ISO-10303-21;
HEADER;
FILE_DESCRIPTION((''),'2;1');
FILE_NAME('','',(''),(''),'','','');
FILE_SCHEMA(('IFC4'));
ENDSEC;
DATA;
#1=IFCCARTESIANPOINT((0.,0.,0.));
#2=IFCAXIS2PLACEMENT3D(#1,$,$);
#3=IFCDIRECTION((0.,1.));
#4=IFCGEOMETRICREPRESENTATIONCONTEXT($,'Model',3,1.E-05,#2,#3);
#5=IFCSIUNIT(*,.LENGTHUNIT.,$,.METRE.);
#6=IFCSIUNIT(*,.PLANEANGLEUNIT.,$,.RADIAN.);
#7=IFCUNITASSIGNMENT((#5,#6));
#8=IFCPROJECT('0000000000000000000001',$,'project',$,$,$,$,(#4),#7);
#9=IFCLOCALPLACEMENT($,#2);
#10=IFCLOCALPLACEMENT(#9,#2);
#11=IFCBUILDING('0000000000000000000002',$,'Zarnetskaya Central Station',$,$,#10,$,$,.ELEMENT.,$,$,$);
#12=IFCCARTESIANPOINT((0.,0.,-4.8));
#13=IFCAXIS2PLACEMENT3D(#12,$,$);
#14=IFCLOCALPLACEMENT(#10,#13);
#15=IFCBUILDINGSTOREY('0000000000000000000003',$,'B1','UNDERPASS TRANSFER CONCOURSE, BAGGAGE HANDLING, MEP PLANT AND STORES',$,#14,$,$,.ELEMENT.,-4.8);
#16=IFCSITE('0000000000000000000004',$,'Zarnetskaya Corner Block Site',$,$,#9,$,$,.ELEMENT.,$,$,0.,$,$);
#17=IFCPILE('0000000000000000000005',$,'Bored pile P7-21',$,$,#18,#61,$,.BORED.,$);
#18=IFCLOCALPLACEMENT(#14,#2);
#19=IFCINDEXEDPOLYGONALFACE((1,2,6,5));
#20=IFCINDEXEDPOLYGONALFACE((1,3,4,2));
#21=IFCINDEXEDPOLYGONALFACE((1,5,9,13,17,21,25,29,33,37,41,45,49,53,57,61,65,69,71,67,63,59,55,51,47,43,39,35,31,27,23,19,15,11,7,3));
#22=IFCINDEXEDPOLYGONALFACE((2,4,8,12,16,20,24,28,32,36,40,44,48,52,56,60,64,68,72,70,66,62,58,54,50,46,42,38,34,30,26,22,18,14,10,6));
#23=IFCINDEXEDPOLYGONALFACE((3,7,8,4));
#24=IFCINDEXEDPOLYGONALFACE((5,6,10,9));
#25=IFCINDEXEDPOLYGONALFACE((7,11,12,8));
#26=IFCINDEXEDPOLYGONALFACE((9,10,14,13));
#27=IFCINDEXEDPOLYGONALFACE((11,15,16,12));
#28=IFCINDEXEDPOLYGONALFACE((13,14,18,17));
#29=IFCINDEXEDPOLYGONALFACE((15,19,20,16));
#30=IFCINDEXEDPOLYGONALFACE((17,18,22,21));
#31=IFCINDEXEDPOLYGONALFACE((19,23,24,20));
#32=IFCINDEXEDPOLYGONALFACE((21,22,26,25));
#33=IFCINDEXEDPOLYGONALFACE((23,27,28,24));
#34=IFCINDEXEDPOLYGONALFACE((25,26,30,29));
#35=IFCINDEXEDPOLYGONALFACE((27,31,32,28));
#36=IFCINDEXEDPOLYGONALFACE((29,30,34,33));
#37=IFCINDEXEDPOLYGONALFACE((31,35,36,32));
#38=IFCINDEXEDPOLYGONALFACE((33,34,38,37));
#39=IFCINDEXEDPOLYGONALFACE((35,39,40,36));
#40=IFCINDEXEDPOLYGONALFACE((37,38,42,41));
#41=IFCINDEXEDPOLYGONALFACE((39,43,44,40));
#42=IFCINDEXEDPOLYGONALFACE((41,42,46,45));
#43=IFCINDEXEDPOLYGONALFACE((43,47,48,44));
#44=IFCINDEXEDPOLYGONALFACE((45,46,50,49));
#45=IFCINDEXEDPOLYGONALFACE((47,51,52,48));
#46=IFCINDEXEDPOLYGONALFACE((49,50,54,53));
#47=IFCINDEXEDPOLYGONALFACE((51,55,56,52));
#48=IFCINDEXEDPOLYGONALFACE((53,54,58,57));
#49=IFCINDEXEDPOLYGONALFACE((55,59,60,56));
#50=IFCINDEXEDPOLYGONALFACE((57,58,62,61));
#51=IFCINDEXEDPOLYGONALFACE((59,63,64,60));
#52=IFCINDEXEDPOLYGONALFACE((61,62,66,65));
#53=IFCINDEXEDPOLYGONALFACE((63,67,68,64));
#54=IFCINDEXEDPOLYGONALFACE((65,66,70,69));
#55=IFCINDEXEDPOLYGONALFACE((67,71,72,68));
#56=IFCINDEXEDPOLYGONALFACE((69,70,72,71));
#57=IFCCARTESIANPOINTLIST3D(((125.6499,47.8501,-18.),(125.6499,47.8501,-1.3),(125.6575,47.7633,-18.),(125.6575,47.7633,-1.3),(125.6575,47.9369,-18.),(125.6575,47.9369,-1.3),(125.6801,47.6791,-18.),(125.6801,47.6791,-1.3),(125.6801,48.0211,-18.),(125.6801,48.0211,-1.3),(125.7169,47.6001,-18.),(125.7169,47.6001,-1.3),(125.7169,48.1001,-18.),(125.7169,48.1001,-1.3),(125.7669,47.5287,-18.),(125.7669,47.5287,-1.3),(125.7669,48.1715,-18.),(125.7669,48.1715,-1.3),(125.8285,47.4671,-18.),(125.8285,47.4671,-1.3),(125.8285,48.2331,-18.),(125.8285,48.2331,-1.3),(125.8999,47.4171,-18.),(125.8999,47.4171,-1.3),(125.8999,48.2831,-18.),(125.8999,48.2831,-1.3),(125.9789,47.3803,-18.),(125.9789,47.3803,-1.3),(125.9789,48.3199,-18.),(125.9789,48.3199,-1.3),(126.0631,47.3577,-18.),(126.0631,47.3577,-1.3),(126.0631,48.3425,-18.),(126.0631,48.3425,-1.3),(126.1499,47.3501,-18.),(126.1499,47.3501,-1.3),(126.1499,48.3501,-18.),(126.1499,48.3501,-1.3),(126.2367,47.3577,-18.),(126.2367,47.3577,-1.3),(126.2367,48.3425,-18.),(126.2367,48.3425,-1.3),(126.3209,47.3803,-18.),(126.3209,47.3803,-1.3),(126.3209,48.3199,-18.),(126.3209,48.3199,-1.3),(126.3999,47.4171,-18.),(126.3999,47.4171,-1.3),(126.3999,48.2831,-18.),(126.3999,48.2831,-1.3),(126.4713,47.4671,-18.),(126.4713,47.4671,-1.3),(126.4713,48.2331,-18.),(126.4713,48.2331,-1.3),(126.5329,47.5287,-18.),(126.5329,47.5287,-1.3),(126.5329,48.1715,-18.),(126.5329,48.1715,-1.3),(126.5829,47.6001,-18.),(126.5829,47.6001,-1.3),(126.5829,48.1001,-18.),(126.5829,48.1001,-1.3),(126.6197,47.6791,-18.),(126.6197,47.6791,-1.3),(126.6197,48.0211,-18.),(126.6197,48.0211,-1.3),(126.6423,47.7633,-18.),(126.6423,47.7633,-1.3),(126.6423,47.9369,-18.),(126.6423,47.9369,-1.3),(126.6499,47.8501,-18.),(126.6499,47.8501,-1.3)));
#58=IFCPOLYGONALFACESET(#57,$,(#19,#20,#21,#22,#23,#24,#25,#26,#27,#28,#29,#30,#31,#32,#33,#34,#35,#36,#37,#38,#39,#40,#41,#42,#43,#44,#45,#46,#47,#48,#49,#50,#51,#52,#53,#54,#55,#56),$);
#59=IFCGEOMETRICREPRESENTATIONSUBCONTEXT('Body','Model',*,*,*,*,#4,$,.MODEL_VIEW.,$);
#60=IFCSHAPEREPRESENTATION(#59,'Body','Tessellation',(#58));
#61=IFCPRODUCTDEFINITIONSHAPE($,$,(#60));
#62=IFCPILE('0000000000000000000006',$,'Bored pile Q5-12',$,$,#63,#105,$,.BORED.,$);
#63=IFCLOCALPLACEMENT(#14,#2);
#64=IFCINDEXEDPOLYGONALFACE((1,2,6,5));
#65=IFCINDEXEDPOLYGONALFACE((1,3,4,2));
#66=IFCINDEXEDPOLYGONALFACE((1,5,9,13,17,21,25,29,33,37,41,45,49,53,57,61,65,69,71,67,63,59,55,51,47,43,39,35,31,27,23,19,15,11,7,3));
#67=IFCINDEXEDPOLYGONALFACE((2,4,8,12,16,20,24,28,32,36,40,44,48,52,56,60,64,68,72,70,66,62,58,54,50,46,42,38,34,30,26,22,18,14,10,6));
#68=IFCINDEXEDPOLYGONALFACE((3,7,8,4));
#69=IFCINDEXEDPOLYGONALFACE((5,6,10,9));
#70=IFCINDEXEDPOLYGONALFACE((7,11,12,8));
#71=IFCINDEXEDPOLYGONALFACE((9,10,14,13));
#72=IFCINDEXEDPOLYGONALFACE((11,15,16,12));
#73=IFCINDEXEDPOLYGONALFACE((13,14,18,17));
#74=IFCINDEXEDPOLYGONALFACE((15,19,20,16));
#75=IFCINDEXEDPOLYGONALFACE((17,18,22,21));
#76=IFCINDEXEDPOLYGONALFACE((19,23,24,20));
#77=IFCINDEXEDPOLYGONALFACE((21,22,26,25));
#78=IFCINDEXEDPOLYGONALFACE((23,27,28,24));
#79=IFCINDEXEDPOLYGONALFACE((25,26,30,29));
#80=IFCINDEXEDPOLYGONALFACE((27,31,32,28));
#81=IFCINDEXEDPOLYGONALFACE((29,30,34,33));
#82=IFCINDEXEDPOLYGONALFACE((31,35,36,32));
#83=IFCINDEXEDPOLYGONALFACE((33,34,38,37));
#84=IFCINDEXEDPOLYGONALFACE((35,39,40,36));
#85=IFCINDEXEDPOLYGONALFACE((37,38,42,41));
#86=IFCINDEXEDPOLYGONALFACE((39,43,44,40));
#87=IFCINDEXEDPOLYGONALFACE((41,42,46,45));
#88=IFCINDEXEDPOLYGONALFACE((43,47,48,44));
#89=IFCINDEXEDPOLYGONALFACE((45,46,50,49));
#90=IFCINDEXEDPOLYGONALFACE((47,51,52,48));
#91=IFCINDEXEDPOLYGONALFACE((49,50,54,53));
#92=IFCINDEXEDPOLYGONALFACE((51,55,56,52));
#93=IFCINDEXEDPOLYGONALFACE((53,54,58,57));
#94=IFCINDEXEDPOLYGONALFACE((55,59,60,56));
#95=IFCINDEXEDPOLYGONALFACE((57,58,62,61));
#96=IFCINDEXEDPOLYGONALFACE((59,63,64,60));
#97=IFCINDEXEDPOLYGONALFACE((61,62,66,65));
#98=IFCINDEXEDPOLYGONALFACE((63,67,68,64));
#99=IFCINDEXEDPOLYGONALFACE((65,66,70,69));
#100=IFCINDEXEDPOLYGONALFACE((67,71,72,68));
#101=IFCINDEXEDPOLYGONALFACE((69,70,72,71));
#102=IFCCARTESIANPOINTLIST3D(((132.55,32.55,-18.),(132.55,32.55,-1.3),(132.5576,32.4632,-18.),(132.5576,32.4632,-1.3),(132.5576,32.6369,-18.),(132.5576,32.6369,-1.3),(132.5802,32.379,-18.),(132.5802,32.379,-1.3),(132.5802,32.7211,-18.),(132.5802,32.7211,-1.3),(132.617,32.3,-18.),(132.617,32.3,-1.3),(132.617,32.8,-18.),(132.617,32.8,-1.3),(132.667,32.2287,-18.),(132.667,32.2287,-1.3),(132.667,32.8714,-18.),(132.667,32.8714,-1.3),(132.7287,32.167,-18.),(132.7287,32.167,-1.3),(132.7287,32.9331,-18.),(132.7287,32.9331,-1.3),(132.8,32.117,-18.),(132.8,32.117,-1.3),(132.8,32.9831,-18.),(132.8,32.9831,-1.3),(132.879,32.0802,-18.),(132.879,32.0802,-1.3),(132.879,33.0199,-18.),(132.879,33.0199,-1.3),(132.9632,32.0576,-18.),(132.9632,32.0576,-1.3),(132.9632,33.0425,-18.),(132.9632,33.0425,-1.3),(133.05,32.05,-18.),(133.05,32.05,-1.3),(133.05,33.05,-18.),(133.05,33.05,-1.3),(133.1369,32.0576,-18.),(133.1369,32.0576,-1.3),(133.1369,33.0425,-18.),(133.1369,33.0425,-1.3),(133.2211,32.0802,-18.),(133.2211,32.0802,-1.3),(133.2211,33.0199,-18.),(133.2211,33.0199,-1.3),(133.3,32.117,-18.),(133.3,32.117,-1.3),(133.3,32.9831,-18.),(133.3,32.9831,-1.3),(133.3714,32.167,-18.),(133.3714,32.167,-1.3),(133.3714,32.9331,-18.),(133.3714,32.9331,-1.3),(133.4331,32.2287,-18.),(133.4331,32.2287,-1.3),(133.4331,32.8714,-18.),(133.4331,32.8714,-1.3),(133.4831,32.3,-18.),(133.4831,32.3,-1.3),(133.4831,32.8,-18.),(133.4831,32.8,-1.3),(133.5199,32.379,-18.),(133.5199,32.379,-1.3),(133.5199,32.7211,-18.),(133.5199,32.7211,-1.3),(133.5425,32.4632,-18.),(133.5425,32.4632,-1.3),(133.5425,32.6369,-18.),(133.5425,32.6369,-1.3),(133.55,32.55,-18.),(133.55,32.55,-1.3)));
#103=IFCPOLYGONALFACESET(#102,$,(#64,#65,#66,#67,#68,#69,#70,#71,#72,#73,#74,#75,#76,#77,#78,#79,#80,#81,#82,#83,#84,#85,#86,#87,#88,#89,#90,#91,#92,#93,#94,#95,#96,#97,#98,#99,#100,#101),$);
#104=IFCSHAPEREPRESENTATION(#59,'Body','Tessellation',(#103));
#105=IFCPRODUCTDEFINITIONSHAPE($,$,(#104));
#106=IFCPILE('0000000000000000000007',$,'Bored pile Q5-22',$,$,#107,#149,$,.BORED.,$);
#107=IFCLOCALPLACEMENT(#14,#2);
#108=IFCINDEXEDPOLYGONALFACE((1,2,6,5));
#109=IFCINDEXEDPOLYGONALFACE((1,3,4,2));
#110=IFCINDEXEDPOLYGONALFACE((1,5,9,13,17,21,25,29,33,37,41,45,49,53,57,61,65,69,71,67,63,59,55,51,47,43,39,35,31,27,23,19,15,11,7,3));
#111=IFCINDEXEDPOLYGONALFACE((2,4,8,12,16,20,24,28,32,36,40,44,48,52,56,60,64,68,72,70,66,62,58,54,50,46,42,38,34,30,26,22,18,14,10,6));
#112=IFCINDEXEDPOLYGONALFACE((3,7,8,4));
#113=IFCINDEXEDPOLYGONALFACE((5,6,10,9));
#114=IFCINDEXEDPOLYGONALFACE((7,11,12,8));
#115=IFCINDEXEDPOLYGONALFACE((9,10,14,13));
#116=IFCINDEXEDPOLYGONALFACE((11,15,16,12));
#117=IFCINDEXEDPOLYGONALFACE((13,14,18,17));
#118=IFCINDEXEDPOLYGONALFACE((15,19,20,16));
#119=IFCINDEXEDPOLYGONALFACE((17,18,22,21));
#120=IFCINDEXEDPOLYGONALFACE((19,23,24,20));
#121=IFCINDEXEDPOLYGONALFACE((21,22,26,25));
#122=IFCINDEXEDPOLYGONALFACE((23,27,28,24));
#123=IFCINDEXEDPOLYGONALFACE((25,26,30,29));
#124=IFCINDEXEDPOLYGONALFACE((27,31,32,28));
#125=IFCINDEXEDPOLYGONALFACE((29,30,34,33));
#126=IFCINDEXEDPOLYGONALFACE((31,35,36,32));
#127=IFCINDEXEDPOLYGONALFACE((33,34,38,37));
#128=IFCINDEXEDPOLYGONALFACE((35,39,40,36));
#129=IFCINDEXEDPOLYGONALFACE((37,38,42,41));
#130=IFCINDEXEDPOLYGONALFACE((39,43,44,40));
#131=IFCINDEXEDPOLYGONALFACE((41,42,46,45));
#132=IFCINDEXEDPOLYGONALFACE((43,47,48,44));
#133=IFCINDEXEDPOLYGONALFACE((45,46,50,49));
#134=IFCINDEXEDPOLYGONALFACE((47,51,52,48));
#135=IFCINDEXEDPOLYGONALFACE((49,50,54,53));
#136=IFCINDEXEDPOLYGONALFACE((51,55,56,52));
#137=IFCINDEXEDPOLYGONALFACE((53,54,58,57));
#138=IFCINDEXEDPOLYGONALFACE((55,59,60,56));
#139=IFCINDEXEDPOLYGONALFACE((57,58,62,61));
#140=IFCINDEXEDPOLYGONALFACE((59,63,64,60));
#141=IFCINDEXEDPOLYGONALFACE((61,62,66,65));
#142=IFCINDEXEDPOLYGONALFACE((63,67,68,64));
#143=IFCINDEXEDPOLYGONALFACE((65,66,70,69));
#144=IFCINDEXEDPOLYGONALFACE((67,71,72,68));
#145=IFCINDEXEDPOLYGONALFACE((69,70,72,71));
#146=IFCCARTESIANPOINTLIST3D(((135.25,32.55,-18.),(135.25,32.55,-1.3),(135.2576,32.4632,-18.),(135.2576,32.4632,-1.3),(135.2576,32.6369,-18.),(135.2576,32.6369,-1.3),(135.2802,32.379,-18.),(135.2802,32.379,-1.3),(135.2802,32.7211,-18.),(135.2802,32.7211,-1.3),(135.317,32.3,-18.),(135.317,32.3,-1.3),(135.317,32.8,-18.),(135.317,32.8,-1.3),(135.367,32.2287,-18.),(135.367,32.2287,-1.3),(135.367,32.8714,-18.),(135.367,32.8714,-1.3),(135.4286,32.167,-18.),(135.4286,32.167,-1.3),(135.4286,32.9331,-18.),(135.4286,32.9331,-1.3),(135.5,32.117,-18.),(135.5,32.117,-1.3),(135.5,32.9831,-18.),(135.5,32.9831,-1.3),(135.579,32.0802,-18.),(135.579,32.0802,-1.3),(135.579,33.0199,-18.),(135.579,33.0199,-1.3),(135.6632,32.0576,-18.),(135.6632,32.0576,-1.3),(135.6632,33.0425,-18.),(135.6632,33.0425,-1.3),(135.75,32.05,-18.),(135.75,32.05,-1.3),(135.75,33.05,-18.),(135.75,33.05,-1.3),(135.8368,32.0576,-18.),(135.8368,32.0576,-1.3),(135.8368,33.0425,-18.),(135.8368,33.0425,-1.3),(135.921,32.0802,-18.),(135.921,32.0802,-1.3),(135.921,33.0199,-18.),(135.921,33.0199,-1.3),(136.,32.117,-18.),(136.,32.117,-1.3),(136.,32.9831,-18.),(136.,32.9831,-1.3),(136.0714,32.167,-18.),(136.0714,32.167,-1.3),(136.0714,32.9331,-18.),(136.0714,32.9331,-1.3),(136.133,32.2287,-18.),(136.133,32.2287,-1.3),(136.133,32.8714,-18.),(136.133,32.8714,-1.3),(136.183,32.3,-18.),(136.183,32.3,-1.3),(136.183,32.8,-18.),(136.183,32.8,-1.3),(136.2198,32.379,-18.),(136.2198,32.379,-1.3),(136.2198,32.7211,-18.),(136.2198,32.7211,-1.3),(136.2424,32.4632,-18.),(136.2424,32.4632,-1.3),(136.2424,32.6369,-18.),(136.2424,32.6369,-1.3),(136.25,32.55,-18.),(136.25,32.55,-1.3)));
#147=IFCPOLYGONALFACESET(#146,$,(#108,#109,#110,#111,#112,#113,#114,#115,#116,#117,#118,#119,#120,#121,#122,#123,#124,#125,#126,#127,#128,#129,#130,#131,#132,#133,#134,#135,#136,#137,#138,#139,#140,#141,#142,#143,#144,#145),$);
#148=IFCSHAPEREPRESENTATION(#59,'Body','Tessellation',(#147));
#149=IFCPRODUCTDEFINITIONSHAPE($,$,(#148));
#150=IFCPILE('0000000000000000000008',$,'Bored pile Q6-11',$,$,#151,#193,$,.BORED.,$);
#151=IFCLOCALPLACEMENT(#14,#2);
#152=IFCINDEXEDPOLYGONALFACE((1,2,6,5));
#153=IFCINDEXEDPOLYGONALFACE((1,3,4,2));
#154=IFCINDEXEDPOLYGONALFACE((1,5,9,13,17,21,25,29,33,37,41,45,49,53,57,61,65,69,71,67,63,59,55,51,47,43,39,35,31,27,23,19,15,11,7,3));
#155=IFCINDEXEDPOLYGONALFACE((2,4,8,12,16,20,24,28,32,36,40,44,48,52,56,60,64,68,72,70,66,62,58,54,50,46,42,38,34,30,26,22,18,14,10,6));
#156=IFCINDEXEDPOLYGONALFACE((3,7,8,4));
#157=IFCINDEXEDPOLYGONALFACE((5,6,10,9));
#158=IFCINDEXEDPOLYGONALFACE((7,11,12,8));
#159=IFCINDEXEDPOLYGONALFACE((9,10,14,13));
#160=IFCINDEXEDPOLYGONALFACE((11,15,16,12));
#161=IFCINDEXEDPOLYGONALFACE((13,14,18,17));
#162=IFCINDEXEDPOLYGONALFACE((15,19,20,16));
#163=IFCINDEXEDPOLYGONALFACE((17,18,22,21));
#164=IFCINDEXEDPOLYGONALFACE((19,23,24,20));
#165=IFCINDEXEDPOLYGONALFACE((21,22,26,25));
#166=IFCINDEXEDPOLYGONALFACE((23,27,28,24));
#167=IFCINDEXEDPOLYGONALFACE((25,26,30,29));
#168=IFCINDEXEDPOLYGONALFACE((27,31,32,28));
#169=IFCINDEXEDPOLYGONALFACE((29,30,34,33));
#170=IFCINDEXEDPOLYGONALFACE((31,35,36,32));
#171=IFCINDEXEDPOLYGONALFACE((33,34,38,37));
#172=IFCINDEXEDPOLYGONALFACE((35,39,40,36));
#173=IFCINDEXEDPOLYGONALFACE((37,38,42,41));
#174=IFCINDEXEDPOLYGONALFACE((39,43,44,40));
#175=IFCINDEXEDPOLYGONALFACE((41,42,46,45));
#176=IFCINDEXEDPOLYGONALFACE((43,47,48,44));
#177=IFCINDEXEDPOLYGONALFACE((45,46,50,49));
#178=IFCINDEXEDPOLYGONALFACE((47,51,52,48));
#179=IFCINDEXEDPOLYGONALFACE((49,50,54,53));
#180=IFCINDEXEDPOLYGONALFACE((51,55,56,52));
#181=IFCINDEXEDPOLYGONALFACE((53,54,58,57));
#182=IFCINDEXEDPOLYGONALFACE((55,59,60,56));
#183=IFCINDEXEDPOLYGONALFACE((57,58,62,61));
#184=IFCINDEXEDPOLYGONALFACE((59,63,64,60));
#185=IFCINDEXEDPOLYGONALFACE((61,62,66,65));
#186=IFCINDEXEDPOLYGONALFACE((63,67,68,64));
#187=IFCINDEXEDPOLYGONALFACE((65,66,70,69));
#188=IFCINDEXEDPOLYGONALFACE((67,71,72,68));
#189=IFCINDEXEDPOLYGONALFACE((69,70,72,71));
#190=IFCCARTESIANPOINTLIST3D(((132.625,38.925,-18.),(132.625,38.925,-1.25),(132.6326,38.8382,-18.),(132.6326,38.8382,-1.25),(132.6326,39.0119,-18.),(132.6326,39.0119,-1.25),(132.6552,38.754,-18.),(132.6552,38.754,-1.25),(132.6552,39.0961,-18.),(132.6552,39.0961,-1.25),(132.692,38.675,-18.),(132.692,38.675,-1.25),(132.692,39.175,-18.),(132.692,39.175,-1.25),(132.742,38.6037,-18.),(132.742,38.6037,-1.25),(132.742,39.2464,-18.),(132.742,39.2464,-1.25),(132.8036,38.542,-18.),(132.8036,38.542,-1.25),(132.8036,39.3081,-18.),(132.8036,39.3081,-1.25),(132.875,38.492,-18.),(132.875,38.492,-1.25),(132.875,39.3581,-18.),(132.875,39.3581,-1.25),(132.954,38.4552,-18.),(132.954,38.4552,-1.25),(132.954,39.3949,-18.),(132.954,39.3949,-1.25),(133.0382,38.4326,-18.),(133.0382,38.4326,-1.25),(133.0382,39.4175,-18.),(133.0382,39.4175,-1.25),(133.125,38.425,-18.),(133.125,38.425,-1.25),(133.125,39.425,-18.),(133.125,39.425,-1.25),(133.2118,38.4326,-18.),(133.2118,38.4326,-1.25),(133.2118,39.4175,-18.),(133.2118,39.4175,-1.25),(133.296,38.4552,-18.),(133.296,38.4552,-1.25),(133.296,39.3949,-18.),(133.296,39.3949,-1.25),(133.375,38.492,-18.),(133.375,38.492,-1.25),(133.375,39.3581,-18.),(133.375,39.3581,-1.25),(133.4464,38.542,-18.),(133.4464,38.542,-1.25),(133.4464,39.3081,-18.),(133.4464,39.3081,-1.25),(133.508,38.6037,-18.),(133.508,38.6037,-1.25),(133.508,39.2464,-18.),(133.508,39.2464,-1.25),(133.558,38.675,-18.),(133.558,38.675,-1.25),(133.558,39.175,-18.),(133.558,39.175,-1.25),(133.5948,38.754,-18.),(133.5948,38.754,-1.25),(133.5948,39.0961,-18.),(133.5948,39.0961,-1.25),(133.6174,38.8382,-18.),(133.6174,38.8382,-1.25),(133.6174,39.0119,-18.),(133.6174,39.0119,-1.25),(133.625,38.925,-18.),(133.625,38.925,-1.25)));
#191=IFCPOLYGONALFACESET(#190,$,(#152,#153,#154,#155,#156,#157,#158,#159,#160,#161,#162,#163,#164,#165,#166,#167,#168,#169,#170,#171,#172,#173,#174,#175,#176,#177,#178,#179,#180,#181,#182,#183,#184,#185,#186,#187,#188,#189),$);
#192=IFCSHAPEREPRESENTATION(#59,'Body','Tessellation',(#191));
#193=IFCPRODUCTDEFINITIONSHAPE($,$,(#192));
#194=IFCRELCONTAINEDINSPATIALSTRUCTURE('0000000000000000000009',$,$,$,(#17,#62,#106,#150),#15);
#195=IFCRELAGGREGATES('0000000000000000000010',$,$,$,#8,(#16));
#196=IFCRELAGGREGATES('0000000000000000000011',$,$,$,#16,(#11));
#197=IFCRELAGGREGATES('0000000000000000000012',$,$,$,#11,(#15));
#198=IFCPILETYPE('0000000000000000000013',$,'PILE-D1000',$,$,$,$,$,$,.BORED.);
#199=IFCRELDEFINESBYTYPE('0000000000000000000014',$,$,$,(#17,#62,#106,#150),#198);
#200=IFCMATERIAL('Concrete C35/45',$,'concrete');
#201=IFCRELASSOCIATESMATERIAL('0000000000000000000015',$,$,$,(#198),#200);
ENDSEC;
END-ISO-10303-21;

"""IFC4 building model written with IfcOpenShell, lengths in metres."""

from ifc_helpers import new_model, si_unit, direction, frame, origin, origin_2d, place, context, subcontext, project, spatial, circle, extrude, material, material_profile, profile_set, type_object, element, save


model = new_model("IFC4")

# Units and contexts
model_context = context("Model", 3, precision=1e-05, world=origin(), true_north=direction((0.0, 1.0)))
body_context = subcontext(model_context, "Body", "Model", "MODEL_VIEW")
ifc_project = project(units=[si_unit("LENGTHUNIT", "METRE"), si_unit("PLANEANGLEUNIT", "RADIAN")], contexts=[model_context])

# Site, building, storey
site_placement = place(None, origin())
site = spatial("IfcSite", under=ifc_project, at=site_placement, Name="Zarnetskaya Corner Block Site", CompositionType="ELEMENT", RefElevation=0.0)
building_placement = place(site_placement, origin())
building = spatial("IfcBuilding", under=site, at=building_placement, Name="Zarnetskaya Central Station", CompositionType="ELEMENT")
storey_placement = place(building_placement, frame((0.0, 0.0, -4.8)))
storey = spatial("IfcBuildingStorey", under=building, at=storey_placement, Name="B1", Description="UNDERPASS TRANSFER CONCOURSE, BAGGAGE HANDLING, MEP PLANT AND STORES", CompositionType="ELEMENT", Elevation=-4.8)

# Shared definitions
ifc_material = material(Name="Concrete C35/45", Category="concrete")

# Piles
ifc_material_profile_1 = material_profile(ifc_material, circle(Radius=0.5, at=origin_2d()), Name="BORED PILE D1000")
ifc_profile_set_1 = profile_set([ifc_material_profile_1], Name="Concrete C35/45")
pile_type = type_object("IfcPileType", Name="PILE-D1000", PredefinedType="BORED", material=ifc_profile_set_1)
for number, where, z_axis, x_axis, name in (
    (1, (126.1499, 47.8501, -1.3), (0.0, 0.0, -1.0), (1.0, 0.0, 0.0), "Bored pile P7-21"),
    (2, (133.05, 32.55, -1.3), (0.0, 0.0, -1.0), (1.0, 0.0, 0.0), "Bored pile Q5-12"),
    (3, (135.75, 32.55, -1.3), (0.0, 0.0, -1.0), (1.0, 0.0, 0.0), "Bored pile Q5-22"),
):
    element("IfcPile", number, at=place(storey_placement, frame(where, z_axis=z_axis, x_axis=x_axis)), inside=storey, type_object=pile_type, Name=name, PredefinedType="BORED", context=body_context, shape_type="SweptSolid", body=[
        extrude(circle(Radius=0.5, at=origin_2d()), origin(), (0.0, 0.0, 1.0), 16.7),
    ])
for number, where, z_axis, x_axis, name in (
    (4, (133.125, 38.925, -1.25), (0.0, 0.0, -1.0), (1.0, 0.0, 0.0), "Bored pile Q6-11"),
):
    element("IfcPile", number, at=place(storey_placement, frame(where, z_axis=z_axis, x_axis=x_axis)), inside=storey, type_object=pile_type, Name=name, PredefinedType="BORED", context=body_context, shape_type="SweptSolid", body=[
        extrude(circle(Radius=0.5, at=origin_2d()), origin(), (0.0, 0.0, 1.0), 16.75),
    ])

save(model, "model.ifc")
